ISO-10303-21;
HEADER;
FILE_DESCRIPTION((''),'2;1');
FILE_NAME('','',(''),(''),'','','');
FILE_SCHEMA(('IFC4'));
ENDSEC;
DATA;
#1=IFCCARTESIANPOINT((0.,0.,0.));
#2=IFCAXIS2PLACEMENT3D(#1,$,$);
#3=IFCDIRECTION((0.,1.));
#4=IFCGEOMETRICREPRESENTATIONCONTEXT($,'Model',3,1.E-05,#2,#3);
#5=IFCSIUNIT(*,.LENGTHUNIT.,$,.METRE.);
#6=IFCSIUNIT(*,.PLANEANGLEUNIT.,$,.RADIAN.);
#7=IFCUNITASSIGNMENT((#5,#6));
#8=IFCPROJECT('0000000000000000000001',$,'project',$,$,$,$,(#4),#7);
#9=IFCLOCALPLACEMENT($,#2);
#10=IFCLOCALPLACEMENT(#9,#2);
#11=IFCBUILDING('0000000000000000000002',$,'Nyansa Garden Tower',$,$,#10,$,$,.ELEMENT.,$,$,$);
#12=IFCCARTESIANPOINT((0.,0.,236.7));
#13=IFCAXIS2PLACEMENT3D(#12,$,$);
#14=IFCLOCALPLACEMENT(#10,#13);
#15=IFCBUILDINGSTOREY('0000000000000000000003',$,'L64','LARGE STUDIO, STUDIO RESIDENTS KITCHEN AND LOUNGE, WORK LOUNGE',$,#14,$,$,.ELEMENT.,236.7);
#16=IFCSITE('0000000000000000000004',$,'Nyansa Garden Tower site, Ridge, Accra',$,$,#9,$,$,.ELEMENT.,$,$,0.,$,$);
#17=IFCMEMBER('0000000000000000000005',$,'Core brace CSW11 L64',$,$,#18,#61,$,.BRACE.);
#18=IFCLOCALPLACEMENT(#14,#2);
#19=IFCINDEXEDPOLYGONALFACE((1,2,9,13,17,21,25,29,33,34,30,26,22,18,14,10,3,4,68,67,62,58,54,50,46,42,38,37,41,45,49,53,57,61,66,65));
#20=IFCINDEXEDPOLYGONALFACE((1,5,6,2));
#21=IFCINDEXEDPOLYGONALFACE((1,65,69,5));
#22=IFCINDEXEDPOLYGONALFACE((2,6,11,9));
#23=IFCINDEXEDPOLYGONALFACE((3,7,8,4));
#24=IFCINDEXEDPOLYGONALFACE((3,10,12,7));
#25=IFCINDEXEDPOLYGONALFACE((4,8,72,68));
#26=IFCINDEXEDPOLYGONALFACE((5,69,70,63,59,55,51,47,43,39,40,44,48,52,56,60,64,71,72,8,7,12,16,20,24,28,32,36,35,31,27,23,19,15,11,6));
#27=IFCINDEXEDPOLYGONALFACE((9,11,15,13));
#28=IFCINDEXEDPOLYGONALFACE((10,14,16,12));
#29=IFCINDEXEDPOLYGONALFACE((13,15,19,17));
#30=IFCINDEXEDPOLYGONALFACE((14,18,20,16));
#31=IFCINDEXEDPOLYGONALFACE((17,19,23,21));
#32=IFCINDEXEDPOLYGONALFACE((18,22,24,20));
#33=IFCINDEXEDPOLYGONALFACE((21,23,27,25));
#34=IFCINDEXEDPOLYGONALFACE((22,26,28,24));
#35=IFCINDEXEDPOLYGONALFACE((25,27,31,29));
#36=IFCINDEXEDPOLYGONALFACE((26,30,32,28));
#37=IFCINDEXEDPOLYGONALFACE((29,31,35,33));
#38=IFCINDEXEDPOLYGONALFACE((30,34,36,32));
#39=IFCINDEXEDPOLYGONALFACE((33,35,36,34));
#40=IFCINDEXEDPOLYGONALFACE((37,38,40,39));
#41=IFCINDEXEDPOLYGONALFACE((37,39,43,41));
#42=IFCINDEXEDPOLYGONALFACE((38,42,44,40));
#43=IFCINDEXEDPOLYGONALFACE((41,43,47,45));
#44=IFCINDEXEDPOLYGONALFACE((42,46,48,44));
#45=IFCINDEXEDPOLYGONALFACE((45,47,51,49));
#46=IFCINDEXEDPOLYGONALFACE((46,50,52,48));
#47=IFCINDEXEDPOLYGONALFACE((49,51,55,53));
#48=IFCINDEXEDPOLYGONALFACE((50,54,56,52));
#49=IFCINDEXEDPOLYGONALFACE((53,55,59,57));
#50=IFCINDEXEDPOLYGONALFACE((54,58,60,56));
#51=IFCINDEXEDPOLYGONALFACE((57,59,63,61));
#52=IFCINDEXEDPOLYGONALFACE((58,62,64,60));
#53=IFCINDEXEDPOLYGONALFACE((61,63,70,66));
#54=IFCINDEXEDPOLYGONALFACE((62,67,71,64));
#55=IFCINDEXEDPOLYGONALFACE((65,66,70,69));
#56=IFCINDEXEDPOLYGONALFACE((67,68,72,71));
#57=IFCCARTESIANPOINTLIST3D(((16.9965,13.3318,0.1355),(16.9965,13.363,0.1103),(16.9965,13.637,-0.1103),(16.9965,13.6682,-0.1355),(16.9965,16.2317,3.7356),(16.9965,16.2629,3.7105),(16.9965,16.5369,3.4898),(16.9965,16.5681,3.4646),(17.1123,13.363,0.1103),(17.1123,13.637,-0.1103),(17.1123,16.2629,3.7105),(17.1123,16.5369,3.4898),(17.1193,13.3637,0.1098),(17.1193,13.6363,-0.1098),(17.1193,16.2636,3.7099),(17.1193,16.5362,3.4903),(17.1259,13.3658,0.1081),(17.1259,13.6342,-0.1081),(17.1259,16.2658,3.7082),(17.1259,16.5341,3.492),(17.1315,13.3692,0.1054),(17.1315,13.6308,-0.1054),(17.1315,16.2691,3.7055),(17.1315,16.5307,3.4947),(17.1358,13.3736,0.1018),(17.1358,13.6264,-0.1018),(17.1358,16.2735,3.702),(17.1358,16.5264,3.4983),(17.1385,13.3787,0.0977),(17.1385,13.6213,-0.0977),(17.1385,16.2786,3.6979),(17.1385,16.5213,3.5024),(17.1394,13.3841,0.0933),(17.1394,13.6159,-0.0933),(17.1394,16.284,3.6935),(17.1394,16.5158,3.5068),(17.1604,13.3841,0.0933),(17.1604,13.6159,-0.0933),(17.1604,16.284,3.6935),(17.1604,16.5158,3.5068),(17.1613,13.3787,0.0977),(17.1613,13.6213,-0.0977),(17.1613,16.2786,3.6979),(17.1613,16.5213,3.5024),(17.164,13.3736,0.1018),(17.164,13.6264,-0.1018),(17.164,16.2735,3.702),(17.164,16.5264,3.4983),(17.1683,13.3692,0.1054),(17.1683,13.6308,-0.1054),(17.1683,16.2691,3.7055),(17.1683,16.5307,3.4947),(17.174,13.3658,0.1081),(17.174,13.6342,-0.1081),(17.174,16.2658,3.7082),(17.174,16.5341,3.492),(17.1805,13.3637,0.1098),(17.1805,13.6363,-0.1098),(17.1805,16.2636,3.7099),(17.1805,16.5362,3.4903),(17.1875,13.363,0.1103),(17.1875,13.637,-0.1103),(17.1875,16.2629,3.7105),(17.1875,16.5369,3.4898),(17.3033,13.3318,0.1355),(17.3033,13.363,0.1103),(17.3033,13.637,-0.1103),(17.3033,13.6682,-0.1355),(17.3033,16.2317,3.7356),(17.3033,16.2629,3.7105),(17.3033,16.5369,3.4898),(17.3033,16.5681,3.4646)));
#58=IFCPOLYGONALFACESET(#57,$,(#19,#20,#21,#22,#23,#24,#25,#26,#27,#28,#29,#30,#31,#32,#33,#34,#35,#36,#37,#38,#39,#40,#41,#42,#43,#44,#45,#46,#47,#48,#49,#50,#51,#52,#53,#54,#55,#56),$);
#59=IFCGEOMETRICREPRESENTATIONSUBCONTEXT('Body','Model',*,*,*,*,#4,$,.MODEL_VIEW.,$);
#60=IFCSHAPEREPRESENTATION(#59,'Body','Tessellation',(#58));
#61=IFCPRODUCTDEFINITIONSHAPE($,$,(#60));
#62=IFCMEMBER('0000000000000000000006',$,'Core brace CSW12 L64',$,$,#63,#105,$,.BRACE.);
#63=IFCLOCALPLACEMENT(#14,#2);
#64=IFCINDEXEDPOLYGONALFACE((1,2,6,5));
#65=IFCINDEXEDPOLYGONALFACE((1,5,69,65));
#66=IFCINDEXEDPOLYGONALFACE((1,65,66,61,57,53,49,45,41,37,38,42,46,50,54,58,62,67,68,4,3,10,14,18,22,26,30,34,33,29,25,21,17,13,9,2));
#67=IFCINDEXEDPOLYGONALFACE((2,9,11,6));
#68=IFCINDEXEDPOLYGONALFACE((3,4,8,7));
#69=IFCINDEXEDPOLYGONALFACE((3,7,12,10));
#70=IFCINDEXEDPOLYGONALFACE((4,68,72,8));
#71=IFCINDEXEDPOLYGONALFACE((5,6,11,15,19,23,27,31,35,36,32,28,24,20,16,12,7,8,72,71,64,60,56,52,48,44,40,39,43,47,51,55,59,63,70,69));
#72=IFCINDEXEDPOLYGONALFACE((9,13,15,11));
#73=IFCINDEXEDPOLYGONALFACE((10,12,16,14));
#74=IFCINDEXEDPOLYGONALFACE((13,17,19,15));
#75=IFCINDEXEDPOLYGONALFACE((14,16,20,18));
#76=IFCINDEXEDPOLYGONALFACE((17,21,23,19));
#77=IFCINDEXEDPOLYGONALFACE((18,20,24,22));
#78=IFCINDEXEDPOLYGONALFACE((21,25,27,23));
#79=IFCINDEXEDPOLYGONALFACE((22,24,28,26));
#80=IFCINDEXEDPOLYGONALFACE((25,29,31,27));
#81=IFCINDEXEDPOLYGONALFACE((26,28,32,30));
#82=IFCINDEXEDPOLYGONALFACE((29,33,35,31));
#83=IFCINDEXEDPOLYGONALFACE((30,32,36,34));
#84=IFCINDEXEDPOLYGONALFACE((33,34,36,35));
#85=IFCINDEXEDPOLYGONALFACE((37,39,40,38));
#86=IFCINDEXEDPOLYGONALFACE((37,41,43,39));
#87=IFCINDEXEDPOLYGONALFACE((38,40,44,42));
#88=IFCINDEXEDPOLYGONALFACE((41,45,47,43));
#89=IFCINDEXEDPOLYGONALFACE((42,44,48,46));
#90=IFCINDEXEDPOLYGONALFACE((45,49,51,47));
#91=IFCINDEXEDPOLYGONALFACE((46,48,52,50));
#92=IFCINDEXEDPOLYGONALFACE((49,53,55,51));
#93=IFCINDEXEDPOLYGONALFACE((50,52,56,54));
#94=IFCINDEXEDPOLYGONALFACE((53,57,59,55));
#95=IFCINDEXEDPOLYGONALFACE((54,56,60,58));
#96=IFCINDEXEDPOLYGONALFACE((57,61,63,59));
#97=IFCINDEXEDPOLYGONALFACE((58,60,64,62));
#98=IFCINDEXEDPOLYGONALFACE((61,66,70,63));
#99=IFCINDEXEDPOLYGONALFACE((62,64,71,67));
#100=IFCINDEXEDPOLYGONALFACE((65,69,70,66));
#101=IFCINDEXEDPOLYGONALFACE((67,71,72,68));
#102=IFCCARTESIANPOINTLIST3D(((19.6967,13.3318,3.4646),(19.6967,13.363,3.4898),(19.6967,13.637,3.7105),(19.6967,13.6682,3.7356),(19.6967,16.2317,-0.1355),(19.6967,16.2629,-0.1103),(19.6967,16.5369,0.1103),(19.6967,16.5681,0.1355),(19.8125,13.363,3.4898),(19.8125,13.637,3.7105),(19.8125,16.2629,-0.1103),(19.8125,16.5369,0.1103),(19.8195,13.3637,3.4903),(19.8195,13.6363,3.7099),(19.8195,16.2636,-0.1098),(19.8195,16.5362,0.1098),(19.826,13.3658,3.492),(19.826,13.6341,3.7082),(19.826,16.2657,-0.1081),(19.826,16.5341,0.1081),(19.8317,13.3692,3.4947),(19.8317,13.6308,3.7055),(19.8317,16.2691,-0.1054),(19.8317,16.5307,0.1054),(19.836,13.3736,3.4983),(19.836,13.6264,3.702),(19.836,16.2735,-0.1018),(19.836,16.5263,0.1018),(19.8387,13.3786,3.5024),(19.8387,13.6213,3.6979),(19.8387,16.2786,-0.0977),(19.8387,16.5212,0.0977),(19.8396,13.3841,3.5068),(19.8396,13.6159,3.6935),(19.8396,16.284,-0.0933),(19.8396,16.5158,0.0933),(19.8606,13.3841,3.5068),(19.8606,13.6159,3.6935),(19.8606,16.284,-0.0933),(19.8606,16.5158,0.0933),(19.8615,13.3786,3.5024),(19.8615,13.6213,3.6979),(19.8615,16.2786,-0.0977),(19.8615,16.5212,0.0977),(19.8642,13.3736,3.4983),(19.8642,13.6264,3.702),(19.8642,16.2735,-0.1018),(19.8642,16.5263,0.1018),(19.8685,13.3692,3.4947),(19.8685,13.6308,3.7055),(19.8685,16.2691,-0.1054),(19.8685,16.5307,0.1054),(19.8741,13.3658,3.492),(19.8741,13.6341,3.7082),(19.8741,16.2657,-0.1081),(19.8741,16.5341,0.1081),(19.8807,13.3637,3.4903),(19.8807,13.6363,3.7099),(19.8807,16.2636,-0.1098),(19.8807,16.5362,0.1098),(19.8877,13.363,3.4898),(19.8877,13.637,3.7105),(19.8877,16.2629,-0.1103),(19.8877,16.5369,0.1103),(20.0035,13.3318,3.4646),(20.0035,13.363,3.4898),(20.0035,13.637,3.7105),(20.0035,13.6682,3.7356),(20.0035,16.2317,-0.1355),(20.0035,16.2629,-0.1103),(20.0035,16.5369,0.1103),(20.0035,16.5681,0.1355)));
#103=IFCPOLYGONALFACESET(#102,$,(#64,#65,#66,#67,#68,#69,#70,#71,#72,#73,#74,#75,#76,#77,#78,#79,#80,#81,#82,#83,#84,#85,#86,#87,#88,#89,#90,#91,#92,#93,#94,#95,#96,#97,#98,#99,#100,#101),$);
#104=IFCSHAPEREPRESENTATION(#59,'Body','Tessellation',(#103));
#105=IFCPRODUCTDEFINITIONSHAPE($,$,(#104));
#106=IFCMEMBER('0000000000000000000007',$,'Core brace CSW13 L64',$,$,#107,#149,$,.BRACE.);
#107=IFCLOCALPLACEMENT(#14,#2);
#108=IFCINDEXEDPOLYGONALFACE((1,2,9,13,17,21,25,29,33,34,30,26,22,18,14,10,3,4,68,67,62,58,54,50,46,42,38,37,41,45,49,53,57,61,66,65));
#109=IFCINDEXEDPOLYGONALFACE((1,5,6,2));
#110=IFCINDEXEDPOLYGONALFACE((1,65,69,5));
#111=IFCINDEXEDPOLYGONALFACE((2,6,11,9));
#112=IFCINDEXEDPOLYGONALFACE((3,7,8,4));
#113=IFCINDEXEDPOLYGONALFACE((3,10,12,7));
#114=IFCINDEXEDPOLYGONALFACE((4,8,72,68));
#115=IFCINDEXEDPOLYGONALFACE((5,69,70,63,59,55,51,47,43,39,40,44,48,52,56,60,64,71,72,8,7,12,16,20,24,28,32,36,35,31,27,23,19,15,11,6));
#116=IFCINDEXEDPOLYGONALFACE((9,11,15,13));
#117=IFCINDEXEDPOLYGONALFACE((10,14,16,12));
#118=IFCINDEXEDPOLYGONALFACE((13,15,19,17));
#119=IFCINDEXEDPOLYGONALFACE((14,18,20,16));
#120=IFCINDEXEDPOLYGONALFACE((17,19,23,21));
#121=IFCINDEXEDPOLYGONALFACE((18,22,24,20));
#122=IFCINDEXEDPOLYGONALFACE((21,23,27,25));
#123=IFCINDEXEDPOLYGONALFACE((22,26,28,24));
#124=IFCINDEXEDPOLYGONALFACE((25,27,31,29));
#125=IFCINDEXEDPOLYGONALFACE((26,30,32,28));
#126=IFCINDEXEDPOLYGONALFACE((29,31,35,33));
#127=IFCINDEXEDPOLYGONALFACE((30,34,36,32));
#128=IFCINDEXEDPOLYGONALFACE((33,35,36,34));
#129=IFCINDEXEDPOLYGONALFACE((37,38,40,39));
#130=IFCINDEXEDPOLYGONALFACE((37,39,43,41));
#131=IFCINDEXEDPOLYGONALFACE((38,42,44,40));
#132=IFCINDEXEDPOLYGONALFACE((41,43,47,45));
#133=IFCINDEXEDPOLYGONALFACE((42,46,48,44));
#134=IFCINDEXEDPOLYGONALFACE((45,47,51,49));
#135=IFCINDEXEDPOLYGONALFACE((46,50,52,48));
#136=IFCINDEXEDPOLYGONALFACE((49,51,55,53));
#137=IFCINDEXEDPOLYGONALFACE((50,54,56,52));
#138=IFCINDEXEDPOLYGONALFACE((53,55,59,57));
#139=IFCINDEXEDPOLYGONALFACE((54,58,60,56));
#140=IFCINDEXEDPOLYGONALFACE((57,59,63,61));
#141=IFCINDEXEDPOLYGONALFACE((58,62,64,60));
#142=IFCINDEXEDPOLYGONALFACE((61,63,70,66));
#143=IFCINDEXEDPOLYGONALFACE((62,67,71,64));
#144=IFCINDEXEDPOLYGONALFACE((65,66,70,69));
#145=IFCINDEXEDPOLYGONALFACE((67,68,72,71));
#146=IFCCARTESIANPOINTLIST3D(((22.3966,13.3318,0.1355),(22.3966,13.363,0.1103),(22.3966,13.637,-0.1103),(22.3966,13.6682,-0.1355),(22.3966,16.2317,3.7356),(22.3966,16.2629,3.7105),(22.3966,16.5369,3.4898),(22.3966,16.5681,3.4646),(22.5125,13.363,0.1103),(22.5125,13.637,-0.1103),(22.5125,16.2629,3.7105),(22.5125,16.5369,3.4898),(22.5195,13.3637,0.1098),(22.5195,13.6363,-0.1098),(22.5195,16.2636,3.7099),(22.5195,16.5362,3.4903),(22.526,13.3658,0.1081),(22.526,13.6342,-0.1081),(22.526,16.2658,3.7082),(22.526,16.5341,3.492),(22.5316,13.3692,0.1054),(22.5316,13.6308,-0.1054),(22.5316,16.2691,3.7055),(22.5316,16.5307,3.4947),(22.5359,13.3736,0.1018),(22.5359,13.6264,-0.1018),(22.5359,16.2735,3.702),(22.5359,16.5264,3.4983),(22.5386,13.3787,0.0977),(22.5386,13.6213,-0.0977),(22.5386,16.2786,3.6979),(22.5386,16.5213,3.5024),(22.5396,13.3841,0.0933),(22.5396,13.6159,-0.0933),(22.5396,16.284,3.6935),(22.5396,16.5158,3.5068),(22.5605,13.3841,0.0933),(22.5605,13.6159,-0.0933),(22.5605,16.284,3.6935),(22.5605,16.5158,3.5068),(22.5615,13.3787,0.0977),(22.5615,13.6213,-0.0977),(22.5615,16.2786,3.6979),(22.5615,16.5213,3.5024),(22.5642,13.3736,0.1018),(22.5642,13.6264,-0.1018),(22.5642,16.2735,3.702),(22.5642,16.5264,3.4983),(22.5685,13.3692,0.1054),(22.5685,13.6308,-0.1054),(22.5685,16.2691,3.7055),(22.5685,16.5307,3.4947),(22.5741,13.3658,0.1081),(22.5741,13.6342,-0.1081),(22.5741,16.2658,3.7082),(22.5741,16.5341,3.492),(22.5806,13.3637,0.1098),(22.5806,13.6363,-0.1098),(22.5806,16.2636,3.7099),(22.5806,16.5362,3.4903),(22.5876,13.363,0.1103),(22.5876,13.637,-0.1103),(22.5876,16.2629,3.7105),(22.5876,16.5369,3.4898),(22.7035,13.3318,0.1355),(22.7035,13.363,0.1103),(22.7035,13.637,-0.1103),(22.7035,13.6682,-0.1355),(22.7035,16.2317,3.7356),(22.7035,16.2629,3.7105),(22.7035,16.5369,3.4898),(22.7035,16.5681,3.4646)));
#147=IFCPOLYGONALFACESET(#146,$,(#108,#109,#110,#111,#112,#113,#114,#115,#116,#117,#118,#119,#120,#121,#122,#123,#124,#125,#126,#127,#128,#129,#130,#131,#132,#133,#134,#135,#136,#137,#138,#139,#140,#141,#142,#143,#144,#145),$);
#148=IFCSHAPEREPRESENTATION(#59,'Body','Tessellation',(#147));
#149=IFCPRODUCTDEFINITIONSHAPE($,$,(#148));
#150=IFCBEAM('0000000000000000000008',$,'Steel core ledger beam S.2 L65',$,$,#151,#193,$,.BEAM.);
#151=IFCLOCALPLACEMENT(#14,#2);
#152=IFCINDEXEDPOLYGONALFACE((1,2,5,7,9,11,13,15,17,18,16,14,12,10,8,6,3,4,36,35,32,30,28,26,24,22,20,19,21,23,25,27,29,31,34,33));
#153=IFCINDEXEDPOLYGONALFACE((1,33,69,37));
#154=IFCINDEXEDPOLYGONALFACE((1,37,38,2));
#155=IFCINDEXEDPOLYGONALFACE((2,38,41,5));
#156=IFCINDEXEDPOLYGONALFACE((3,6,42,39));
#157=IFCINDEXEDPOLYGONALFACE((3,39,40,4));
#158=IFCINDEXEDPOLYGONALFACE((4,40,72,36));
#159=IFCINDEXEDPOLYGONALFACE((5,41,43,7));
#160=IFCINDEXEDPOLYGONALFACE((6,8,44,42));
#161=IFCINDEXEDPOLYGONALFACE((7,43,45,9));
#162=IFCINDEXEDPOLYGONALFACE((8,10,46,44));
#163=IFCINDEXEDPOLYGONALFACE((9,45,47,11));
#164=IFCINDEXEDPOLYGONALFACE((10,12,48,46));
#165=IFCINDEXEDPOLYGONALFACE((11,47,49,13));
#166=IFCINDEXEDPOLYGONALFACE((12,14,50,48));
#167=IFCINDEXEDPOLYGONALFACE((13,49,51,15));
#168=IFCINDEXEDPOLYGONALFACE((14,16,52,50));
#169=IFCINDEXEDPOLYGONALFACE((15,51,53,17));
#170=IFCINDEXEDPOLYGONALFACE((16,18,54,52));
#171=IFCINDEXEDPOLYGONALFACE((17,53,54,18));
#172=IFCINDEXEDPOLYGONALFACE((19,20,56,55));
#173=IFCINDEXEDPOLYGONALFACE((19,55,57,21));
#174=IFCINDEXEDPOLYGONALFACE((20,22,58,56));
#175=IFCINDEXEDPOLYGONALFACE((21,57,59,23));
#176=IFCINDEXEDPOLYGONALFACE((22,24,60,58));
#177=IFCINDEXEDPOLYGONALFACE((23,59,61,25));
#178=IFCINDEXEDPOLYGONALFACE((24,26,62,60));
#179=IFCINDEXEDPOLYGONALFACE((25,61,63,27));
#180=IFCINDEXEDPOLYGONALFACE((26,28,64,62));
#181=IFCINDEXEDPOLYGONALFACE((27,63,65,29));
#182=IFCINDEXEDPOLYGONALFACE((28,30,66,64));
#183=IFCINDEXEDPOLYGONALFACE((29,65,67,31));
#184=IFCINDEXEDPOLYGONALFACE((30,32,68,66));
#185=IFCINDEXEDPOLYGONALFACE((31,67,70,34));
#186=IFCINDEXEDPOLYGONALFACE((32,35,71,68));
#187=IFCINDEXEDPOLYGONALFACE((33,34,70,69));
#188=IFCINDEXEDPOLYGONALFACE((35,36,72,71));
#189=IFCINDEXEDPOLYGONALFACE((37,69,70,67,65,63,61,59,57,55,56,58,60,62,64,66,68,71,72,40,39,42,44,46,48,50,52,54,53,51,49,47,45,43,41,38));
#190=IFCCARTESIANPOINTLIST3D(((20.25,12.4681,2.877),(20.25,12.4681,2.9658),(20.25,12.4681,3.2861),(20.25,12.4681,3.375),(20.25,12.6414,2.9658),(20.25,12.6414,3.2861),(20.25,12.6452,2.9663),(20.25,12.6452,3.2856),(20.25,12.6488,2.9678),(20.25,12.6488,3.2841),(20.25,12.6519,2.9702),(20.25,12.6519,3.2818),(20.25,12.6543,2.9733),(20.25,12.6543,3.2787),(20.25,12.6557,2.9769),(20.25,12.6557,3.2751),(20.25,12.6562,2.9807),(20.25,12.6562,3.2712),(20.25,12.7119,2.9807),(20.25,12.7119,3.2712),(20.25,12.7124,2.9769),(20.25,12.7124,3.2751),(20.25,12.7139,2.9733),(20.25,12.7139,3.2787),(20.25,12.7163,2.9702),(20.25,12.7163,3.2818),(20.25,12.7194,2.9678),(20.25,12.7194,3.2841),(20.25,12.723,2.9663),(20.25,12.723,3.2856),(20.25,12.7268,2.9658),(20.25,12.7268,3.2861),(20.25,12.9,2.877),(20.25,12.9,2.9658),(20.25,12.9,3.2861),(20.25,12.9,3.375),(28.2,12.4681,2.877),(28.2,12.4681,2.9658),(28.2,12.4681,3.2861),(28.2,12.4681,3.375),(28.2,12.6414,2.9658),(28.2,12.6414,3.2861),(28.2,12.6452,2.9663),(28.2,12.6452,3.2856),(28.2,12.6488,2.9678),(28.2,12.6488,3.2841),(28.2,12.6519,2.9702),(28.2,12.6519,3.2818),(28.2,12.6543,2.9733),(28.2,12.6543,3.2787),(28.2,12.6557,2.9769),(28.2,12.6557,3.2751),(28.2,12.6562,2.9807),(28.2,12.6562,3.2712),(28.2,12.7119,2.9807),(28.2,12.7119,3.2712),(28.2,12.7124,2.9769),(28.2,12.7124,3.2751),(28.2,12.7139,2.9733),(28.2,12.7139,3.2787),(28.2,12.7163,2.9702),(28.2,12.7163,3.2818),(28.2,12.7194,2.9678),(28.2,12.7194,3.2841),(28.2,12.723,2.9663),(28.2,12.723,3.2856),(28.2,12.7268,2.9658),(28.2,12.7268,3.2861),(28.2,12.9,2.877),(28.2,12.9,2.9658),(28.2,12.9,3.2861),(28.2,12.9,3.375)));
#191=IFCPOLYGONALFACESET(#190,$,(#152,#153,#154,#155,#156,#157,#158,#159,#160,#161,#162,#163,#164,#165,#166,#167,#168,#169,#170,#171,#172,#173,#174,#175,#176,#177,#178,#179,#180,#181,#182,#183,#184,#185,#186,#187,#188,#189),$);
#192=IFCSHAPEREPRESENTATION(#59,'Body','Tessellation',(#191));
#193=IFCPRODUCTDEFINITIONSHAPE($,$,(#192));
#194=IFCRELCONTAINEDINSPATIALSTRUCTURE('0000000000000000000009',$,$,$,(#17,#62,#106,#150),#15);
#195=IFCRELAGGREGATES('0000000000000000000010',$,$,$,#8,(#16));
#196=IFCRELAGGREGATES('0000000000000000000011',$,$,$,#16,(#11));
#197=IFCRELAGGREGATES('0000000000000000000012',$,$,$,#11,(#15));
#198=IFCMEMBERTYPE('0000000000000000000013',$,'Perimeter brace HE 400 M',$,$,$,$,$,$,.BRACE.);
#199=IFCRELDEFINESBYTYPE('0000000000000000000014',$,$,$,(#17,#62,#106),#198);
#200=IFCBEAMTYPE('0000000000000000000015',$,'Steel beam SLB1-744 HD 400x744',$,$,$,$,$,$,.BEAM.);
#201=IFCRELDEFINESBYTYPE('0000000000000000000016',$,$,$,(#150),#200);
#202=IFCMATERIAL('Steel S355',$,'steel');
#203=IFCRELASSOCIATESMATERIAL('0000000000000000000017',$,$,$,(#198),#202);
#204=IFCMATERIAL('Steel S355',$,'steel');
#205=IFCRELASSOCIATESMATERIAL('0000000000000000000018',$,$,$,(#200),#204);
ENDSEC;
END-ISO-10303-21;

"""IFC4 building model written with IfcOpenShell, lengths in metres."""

from ifc_helpers import new_model, si_unit, direction, frame, origin, origin_2d, place, context, subcontext, project, spatial, i_section, extrude, material, material_profile, profile_set, type_object, element, save


model = new_model("IFC4")

# Units and contexts
model_context = context("Model", 3, precision=1e-05, world=origin(), true_north=direction((0.0, 1.0)))
body_context = subcontext(model_context, "Body", "Model", "MODEL_VIEW")
ifc_project = project(units=[si_unit("LENGTHUNIT", "METRE"), si_unit("PLANEANGLEUNIT", "RADIAN")], contexts=[model_context])

# Site, building, storey
site_placement = place(None, origin())
site = spatial("IfcSite", under=ifc_project, at=site_placement, Name="Nyansa Garden Tower site, Ridge, Accra", CompositionType="ELEMENT", RefElevation=0.0)
building_placement = place(site_placement, origin())
building = spatial("IfcBuilding", under=site, at=building_placement, Name="Nyansa Garden Tower", CompositionType="ELEMENT")
storey_placement = place(building_placement, frame((0.0, 0.0, 236.7)))
storey = spatial("IfcBuildingStorey", under=building, at=storey_placement, Name="L64", Description="LARGE STUDIO, STUDIO RESIDENTS KITCHEN AND LOUNGE, WORK LOUNGE", CompositionType="ELEMENT", Elevation=236.7)

# Members
ifc_material_1 = material(Name="Steel S355", Category="steel")
ifc_material_profile_1 = material_profile(ifc_material_1, i_section(OverallWidth=0.3069, OverallDepth=0.4319, WebThickness=0.021, FlangeThickness=0.04, FilletRadius=0.0271, at=origin_2d()), Name="HE 400 M")
ifc_profile_set_1 = profile_set([ifc_material_profile_1], Name="Steel S355")
member_type = type_object("IfcMemberType", Name="Perimeter brace HE 400 M", PredefinedType="BRACE", material=ifc_profile_set_1)
for number, where, z_axis, x_axis, name in (
    (1, (17.1499, 13.5, 0.0), (0.0, 0.627306, 0.778773), (-1.0, 0.0, 0.0), "Core brace CSW11 L64"),
    (2, (19.8501, 16.3999, 0.0), (0.0, -0.627306, 0.778773), (1.0, 0.0, 0.0), "Core brace CSW12 L64"),
    (3, (22.55, 13.5, 0.0), (0.0, 0.627306, 0.778773), (-1.0, 0.0, 0.0), "Core brace CSW13 L64"),
):
    element("IfcMember", number, at=place(storey_placement, frame(where, z_axis=z_axis, x_axis=x_axis)), inside=storey, type_object=member_type, Name=name, PredefinedType="BRACE", context=body_context, shape_type="SweptSolid", body=[
        extrude(i_section(OverallWidth=0.3069, OverallDepth=0.4319, WebThickness=0.021, FlangeThickness=0.04, FilletRadius=0.0271, at=origin_2d()), origin(), (0.0, 0.0, 1.0), 4.6228),
    ])

# Beam
ifc_material_2 = material(Name="Steel S355", Category="steel")
ifc_material_profile_2 = material_profile(ifc_material_2, i_section(OverallWidth=0.4319, OverallDepth=0.498, WebThickness=0.0557, FlangeThickness=0.0889, FilletRadius=0.0149, at=origin_2d()), Name="HD 400x744")
ifc_profile_set_2 = profile_set([ifc_material_profile_2], Name="Steel S355")
beam_type = type_object("IfcBeamType", Name="Steel beam SLB1-744 HD 400x744", PredefinedType="BEAM", material=ifc_profile_set_2)
beam_placement = place(storey_placement, frame((20.25, 12.6841, 3.126), z_axis=(1.0, 0.0, 0.0), x_axis=(0.0, 1.0, 0.0)))
element("IfcBeam", 4, at=beam_placement, inside=storey, type_object=beam_type, Name="Steel core ledger beam S.2 L65", PredefinedType="BEAM", context=body_context, shape_type="SweptSolid", body=[
    extrude(i_section(OverallWidth=0.4319, OverallDepth=0.498, WebThickness=0.0557, FlangeThickness=0.0889, FilletRadius=0.0149, at=origin_2d()), origin(), (0.0, 0.0, 1.0), 7.95),
])

save(model, "model.ifc")
